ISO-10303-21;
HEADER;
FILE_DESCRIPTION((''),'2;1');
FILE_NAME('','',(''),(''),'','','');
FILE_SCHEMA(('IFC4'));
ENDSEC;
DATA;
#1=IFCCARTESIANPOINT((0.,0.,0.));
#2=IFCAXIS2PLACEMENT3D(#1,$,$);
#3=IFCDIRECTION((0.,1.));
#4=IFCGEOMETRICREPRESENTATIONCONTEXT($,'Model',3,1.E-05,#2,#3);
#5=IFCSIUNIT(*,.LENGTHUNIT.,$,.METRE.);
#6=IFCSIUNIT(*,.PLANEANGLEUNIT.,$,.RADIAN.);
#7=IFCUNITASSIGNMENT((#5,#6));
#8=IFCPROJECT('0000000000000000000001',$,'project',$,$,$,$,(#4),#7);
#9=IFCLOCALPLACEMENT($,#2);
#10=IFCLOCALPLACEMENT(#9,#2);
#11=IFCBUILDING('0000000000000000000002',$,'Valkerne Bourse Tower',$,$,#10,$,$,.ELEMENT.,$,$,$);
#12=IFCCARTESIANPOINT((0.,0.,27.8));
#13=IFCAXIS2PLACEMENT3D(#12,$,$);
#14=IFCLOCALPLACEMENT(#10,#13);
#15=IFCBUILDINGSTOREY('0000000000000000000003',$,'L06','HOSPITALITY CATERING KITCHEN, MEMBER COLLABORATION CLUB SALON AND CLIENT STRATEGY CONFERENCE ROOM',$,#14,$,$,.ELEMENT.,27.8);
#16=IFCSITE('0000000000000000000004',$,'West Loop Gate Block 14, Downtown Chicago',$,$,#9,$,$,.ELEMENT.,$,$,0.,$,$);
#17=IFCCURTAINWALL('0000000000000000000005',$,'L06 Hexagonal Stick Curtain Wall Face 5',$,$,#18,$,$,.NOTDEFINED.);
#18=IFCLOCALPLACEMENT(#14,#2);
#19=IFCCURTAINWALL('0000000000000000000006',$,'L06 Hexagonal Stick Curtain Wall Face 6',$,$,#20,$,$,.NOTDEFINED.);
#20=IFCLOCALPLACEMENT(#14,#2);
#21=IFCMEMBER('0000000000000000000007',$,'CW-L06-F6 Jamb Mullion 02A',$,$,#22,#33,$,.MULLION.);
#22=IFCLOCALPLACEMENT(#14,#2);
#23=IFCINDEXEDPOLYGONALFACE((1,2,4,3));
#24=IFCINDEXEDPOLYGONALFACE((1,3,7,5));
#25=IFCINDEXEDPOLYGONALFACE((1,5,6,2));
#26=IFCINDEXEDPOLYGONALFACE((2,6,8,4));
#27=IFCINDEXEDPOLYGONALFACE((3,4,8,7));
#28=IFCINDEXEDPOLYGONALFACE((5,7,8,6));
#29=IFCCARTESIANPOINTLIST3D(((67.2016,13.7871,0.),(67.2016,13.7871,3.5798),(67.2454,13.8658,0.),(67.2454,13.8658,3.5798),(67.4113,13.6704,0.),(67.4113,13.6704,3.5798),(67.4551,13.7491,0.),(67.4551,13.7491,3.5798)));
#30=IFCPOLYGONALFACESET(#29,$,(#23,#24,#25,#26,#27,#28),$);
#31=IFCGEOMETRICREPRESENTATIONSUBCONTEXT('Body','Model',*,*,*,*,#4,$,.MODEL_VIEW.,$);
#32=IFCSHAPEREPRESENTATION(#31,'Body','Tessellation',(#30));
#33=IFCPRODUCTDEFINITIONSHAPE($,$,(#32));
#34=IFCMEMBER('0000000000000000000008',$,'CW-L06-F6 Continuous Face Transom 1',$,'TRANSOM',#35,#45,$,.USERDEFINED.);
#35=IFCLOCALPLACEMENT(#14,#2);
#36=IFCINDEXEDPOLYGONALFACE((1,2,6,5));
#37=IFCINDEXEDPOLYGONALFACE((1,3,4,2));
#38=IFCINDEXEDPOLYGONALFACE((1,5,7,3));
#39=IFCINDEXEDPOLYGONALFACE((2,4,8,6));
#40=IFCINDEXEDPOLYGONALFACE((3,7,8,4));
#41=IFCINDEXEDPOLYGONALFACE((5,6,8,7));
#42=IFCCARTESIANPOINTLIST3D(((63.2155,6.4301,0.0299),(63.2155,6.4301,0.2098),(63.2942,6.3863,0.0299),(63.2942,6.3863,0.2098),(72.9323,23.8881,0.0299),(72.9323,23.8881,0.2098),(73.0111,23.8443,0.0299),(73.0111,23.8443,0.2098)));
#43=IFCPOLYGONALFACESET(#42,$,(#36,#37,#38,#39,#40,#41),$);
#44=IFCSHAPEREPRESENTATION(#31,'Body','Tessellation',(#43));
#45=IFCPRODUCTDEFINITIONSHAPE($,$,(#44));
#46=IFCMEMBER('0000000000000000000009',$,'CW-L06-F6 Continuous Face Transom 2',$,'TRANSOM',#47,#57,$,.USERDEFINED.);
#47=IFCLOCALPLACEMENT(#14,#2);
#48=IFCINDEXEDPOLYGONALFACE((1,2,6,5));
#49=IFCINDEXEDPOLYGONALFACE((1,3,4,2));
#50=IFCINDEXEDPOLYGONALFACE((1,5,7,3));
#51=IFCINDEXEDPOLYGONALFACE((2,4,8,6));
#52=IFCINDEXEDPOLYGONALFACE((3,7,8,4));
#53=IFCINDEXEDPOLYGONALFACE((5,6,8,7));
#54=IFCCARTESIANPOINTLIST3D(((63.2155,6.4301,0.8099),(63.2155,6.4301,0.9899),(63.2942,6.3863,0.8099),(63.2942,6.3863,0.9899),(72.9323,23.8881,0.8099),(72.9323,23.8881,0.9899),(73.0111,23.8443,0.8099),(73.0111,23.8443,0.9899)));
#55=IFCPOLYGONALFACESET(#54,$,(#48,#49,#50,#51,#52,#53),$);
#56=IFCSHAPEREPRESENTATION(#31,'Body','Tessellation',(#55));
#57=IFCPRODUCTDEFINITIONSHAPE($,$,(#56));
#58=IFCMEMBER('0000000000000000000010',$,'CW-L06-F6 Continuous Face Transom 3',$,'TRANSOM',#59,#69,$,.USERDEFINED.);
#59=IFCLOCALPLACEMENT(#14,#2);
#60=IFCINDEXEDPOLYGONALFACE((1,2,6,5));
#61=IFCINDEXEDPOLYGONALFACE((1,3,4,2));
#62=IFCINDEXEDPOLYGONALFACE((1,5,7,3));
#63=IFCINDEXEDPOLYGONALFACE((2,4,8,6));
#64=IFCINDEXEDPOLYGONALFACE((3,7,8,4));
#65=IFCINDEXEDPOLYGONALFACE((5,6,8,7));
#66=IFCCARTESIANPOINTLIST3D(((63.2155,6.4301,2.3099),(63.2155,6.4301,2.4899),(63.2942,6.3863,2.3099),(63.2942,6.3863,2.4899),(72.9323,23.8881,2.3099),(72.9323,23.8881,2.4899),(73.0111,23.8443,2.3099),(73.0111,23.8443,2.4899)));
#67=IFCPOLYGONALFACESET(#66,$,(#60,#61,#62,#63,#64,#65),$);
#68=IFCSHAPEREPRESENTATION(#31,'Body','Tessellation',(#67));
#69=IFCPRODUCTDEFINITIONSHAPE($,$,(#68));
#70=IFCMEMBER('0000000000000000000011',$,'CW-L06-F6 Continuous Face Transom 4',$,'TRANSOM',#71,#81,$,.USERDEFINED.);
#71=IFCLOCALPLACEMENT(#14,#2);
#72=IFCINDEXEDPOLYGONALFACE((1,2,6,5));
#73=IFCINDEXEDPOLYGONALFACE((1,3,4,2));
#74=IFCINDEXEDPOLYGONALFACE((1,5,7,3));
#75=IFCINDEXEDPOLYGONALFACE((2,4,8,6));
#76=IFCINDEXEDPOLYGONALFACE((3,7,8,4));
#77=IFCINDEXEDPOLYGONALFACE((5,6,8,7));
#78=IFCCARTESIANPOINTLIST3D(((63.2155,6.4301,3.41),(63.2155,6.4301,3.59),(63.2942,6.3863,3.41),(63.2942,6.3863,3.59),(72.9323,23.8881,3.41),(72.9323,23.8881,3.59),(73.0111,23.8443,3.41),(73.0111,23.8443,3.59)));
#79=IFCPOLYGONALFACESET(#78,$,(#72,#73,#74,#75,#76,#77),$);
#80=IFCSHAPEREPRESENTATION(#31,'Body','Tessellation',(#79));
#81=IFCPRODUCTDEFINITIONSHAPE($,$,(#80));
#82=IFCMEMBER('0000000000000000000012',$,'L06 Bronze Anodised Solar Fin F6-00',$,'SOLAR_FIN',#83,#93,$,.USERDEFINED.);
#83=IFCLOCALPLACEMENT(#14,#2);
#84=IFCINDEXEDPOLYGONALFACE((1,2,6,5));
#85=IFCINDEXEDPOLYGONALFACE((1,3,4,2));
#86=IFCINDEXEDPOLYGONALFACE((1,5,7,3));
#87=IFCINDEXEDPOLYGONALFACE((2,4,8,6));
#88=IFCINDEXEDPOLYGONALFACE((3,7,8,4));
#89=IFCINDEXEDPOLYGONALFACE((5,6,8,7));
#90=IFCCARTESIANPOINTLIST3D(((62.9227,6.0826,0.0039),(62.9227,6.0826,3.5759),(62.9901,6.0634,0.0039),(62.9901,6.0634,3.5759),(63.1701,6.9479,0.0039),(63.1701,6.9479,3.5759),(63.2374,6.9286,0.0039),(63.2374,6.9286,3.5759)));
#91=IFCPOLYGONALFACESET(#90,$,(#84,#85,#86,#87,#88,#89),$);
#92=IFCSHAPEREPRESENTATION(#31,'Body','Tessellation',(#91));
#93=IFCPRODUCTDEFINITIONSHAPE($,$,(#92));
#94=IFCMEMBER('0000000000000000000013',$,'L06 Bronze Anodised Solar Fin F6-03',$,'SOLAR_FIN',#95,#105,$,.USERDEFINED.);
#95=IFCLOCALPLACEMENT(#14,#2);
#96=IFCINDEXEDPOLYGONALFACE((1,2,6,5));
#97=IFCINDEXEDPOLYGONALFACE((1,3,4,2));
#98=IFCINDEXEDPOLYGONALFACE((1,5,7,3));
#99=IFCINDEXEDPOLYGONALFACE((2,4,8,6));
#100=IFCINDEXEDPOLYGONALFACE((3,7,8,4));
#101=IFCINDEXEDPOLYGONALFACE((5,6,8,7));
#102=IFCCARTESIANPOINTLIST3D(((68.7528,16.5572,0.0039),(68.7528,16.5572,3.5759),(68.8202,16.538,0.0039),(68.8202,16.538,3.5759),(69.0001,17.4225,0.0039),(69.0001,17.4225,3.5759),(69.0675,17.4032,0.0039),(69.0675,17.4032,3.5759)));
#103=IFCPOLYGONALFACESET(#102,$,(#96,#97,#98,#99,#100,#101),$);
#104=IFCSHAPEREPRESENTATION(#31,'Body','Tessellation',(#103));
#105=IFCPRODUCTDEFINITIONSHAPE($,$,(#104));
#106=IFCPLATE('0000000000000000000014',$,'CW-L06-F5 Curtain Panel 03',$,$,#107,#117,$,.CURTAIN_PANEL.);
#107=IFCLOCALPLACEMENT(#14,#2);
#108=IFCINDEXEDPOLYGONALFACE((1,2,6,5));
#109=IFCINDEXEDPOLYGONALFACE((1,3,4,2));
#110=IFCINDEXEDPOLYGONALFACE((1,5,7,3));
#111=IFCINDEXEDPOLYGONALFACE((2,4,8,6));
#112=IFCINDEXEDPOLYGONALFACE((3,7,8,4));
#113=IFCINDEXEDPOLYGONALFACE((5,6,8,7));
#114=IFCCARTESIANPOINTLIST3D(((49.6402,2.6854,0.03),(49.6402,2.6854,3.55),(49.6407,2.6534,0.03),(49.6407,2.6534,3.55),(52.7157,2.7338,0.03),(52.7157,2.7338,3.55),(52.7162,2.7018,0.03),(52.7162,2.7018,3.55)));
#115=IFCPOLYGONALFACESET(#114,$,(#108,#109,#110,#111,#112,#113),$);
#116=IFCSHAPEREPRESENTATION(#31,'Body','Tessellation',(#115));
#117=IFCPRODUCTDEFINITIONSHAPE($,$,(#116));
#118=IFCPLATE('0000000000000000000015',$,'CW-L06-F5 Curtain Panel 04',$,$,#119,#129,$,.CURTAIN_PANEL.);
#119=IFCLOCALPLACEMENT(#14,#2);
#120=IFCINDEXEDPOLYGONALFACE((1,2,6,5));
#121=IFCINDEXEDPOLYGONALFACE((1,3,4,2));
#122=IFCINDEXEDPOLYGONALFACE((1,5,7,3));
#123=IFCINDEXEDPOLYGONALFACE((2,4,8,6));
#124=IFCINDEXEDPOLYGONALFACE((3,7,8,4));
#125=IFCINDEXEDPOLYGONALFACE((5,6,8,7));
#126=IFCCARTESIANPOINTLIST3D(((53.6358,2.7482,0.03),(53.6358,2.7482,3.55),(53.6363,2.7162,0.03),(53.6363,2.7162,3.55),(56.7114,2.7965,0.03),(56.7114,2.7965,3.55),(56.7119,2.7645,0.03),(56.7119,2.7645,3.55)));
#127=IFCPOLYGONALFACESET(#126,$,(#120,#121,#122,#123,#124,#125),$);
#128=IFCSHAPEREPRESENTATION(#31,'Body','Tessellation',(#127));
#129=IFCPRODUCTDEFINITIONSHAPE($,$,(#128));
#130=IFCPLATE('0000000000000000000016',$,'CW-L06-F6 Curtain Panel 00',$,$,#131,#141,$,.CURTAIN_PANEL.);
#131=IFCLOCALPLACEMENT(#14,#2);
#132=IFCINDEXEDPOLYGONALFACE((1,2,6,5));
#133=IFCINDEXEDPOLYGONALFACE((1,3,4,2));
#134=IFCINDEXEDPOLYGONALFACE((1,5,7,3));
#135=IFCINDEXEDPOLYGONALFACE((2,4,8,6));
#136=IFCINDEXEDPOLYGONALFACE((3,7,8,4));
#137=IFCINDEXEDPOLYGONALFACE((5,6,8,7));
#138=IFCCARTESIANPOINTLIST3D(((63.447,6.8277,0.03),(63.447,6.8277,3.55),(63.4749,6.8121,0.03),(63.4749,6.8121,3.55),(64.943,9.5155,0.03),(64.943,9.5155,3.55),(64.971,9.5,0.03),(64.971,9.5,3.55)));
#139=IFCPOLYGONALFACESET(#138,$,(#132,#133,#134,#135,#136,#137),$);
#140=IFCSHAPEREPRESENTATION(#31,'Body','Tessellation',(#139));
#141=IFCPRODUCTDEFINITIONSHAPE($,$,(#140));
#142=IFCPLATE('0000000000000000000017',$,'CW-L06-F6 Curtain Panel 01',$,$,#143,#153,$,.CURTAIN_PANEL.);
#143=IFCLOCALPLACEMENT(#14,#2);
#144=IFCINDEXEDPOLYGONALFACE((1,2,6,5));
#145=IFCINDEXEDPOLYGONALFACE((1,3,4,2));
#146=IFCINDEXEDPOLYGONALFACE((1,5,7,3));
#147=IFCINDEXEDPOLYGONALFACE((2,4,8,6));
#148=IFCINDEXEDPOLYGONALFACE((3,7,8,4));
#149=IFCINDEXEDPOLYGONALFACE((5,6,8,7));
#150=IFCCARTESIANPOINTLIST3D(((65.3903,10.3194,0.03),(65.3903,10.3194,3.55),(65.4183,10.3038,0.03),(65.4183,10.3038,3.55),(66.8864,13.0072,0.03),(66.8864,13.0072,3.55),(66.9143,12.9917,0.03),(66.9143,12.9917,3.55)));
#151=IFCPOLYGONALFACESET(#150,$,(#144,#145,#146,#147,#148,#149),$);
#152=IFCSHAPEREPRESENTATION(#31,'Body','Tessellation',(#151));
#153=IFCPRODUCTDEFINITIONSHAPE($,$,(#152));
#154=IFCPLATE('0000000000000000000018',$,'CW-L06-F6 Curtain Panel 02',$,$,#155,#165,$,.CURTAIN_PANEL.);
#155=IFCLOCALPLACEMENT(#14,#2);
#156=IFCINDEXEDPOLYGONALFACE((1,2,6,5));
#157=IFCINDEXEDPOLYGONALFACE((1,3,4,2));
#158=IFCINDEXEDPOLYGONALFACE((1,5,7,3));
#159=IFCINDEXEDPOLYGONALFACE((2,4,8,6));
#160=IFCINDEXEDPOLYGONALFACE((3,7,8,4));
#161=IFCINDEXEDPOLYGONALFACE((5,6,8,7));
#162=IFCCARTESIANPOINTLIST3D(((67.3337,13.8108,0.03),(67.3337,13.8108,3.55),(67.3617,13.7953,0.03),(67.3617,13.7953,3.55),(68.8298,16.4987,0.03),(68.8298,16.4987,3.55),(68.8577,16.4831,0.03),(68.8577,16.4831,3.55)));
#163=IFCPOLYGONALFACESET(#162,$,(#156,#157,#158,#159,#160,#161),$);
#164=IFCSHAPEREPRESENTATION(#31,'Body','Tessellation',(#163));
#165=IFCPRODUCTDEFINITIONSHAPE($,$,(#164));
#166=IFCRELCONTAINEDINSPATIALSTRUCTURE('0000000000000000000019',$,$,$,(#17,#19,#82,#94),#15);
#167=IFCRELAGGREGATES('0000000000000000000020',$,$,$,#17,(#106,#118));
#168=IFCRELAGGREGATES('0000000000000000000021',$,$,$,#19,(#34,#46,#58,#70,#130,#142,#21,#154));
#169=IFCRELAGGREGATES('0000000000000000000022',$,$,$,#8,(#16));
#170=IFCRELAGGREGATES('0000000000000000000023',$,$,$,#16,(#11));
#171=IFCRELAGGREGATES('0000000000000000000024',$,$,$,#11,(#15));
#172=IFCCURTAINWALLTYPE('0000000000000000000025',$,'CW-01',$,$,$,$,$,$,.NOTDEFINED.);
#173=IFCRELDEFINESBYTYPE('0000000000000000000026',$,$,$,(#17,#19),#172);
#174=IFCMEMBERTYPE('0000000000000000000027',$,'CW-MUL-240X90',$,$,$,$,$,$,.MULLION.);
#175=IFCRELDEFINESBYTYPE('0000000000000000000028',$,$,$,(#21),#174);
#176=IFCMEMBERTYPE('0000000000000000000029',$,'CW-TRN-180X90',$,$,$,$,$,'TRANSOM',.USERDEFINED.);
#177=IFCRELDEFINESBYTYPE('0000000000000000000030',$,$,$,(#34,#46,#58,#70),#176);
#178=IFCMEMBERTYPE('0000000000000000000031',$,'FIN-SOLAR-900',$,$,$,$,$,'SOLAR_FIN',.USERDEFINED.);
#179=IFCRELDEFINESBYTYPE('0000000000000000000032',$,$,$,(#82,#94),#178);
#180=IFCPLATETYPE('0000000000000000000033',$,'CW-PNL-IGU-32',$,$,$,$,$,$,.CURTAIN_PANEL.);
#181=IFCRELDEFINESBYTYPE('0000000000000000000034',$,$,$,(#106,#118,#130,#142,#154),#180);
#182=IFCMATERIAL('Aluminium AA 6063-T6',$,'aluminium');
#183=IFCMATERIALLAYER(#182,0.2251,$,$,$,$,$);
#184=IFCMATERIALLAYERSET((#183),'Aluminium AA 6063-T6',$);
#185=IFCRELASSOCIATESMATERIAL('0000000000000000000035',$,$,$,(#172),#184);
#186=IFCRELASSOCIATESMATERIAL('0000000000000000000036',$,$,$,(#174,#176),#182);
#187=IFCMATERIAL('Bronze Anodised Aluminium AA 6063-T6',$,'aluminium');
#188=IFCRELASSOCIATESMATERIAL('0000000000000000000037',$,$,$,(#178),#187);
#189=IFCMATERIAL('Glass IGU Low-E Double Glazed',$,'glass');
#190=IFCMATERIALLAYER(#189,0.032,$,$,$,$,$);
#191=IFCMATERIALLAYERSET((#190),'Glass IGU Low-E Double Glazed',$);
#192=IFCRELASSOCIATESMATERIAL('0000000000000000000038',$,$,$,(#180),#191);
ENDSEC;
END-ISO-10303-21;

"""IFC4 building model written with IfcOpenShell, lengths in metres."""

from ifc_helpers import new_model, si_unit, direction, frame, origin, origin_2d, place, context, subcontext, project, spatial, rectangle, extrude, material, layer, layer_set, material_profile, profile_set, type_object, element, aggregate, save


model = new_model("IFC4")

# Units and contexts
model_context = context("Model", 3, precision=1e-05, world=origin(), true_north=direction((0.0, 1.0)))
body_context = subcontext(model_context, "Body", "Model", "MODEL_VIEW")
ifc_project = project(units=[si_unit("LENGTHUNIT", "METRE"), si_unit("PLANEANGLEUNIT", "RADIAN")], contexts=[model_context])

# Site, building, storey
site_placement = place(None, origin())
site = spatial("IfcSite", under=ifc_project, at=site_placement, Name="West Loop Gate Block 14, Downtown Chicago", CompositionType="ELEMENT", RefElevation=0.0)
building_placement = place(site_placement, origin())
building = spatial("IfcBuilding", under=site, at=building_placement, Name="Valkerne Bourse Tower", CompositionType="ELEMENT")
storey_placement = place(building_placement, frame((0.0, 0.0, 27.8)))
storey = spatial("IfcBuildingStorey", under=building, at=storey_placement, Name="L06", Description="HOSPITALITY CATERING KITCHEN, MEMBER COLLABORATION CLUB SALON AND CLIENT STRATEGY CONFERENCE ROOM", CompositionType="ELEMENT", Elevation=27.8)

# Curtain walls, members
ifc_material_1 = material(Name="Aluminium AA 6063-T6", Category="aluminium")
ifc_layer_1 = layer(ifc_material_1, 0.2251)
ifc_layer_set_1 = layer_set([ifc_layer_1], Name="Aluminium AA 6063-T6")
curtain_wall_type = type_object("IfcCurtainWallType", Name="CW-01", PredefinedType="NOTDEFINED", material=ifc_layer_set_1)
curtain_wall_1_placement = place(storey_placement, origin())
curtain_wall_1 = element("IfcCurtainWall", 1, at=curtain_wall_1_placement, inside=storey, type_object=curtain_wall_type, Name="L06 Hexagonal Stick Curtain Wall Face 5", PredefinedType="NOTDEFINED")
ifc_material_profile_1 = material_profile(ifc_material_1, rectangle(XDim=0.0901, YDim=0.24, at=origin_2d()), Name="CWM-90X240")
ifc_profile_set_1 = profile_set([ifc_material_profile_1], Name="Aluminium AA 6063-T6")
member_type_1 = type_object("IfcMemberType", Name="CW-MUL-240X90", PredefinedType="MULLION", material=ifc_profile_set_1)
curtain_wall_2_placement = place(storey_placement, origin())
curtain_wall_2 = element("IfcCurtainWall", 2, at=curtain_wall_2_placement, inside=storey, type_object=curtain_wall_type, Name="L06 Hexagonal Stick Curtain Wall Face 6", PredefinedType="NOTDEFINED")
member_1_placement = place(storey_placement, frame((67.3284, 13.7681, 0.0), z_axis=(0.0, 0.0, 1.0), x_axis=(0.486335, 0.873772, 0.0)))
member_1 = element("IfcMember", 3, at=member_1_placement, type_object=member_type_1, Name="CW-L06-F6 Jamb Mullion 02A", PredefinedType="MULLION", context=body_context, shape_type="SweptSolid", body=[
    extrude(rectangle(XDim=0.0901, YDim=0.24, at=origin_2d()), origin(), (0.0, 0.0, 1.0), 3.5798),
])
ifc_material_profile_2 = material_profile(ifc_material_1, rectangle(XDim=0.0901, YDim=0.1799, at=origin_2d()), Name="CWT-90X180")
ifc_profile_set_2 = profile_set([ifc_material_profile_2], Name="Aluminium AA 6063-T6")
member_type_2 = type_object("IfcMemberType", Name="CW-TRN-180X90", ElementType="TRANSOM", PredefinedType="USERDEFINED", material=ifc_profile_set_2)
member_2_placement = place(storey_placement, frame((63.2549, 6.4082, 0.1199), z_axis=(0.486328, 0.873777, 0.0), x_axis=(-0.873777, 0.486328, 0.0)))
member_2 = element("IfcMember", 4, at=member_2_placement, type_object=member_type_2, Name="CW-L06-F6 Continuous Face Transom 1", ObjectType="TRANSOM", PredefinedType="USERDEFINED", context=body_context, shape_type="SweptSolid", body=[
    extrude(rectangle(XDim=0.0901, YDim=0.1799, at=origin_2d()), origin(), (0.0, 0.0, 1.0), 19.98),
])
member_3_placement = place(storey_placement, frame((63.2549, 6.4082, 0.8999), z_axis=(0.486328, 0.873777, 0.0), x_axis=(-0.873777, 0.486328, 0.0)))
member_3 = element("IfcMember", 5, at=member_3_placement, type_object=member_type_2, Name="CW-L06-F6 Continuous Face Transom 2", ObjectType="TRANSOM", PredefinedType="USERDEFINED", context=body_context, shape_type="SweptSolid", body=[
    extrude(rectangle(XDim=0.0901, YDim=0.1799, at=origin_2d()), origin(), (0.0, 0.0, 1.0), 19.98),
])
member_4_placement = place(storey_placement, frame((63.2549, 6.4082, 2.3999), z_axis=(0.486328, 0.873777, 0.0), x_axis=(-0.873777, 0.486328, 0.0)))
member_4 = element("IfcMember", 6, at=member_4_placement, type_object=member_type_2, Name="CW-L06-F6 Continuous Face Transom 3", ObjectType="TRANSOM", PredefinedType="USERDEFINED", context=body_context, shape_type="SweptSolid", body=[
    extrude(rectangle(XDim=0.0901, YDim=0.1799, at=origin_2d()), origin(), (0.0, 0.0, 1.0), 19.98),
])
member_5_placement = place(storey_placement, frame((63.2549, 6.4082, 3.5), z_axis=(0.486328, 0.873777, 0.0), x_axis=(-0.873777, 0.486328, 0.0)))
member_5 = element("IfcMember", 7, at=member_5_placement, type_object=member_type_2, Name="CW-L06-F6 Continuous Face Transom 4", ObjectType="TRANSOM", PredefinedType="USERDEFINED", context=body_context, shape_type="SweptSolid", body=[
    extrude(rectangle(XDim=0.0901, YDim=0.1799, at=origin_2d()), origin(), (0.0, 0.0, 1.0), 19.98),
])

# Members
ifc_material_2 = material(Name="Bronze Anodised Aluminium AA 6063-T6", Category="aluminium")
ifc_material_profile_3 = material_profile(ifc_material_2, rectangle(XDim=0.0701, YDim=0.8999, at=origin_2d()), Name="FIN-70X900")
ifc_profile_set_3 = profile_set([ifc_material_profile_3], Name="Bronze Anodised Aluminium AA 6063-T6")
member_type_3 = type_object("IfcMemberType", Name="FIN-SOLAR-900", ElementType="SOLAR_FIN", PredefinedType="USERDEFINED", material=ifc_profile_set_3)
for number, where, z_axis, x_axis, name in (
    (8, (63.0801, 6.5056, 0.0039), (0.0, 0.0, 1.0), (0.961489, -0.274843, 0.0), "L06 Bronze Anodised Solar Fin F6-00"),
    (9, (68.9102, 16.9802, 0.0039), (0.0, 0.0, 1.0), (0.961489, -0.274843, 0.0), "L06 Bronze Anodised Solar Fin F6-03"),
):
    element("IfcMember", number, at=place(storey_placement, frame(where, z_axis=z_axis, x_axis=x_axis)), inside=storey, type_object=member_type_3, Name=name, ObjectType="SOLAR_FIN", PredefinedType="USERDEFINED", context=body_context, shape_type="SweptSolid", body=[
        extrude(rectangle(XDim=0.0701, YDim=0.8999, at=origin_2d()), origin(), (0.0, 0.0, 1.0), 3.572),
    ])

# Plates
ifc_material_3 = material(Name="Glass IGU Low-E Double Glazed", Category="glass")
ifc_layer_2 = layer(ifc_material_3, 0.032)
ifc_layer_set_2 = layer_set([ifc_layer_2], Name="Glass IGU Low-E Double Glazed")
plate_type = type_object("IfcPlateType", Name="CW-PNL-IGU-32", PredefinedType="CURTAIN_PANEL", material=ifc_layer_set_2)
plate_1_placement = place(storey_placement, frame((51.1782, 2.6936, 0.03), z_axis=(0.0, 0.0, 1.0), x_axis=(0.999877, 0.015716, 0.0)))
plate_1 = element("IfcPlate", 10, at=plate_1_placement, type_object=plate_type, Name="CW-L06-F5 Curtain Panel 03", PredefinedType="CURTAIN_PANEL", context=body_context, shape_type="SweptSolid", body=[
    extrude(rectangle(XDim=3.0759, YDim=0.032, at=origin_2d()), origin(), (0.0, 0.0, 1.0), 3.52),
])
plate_2_placement = place(storey_placement, frame((55.1738, 2.7563, 0.03), z_axis=(0.0, 0.0, 1.0), x_axis=(0.999877, 0.015716, 0.0)))
plate_2 = element("IfcPlate", 11, at=plate_2_placement, type_object=plate_type, Name="CW-L06-F5 Curtain Panel 04", PredefinedType="CURTAIN_PANEL", context=body_context, shape_type="SweptSolid", body=[
    extrude(rectangle(XDim=3.0759, YDim=0.032, at=origin_2d()), origin(), (0.0, 0.0, 1.0), 3.52),
])
aggregate(curtain_wall_1, [plate_1, plate_2])
plate_3_placement = place(storey_placement, frame((64.209, 8.1638, 0.03), z_axis=(0.0, 0.0, 1.0), x_axis=(0.486335, 0.873772, 0.0)))
plate_3 = element("IfcPlate", 12, at=plate_3_placement, type_object=plate_type, Name="CW-L06-F6 Curtain Panel 00", PredefinedType="CURTAIN_PANEL", context=body_context, shape_type="SweptSolid", body=[
    extrude(rectangle(XDim=3.0762, YDim=0.032, at=origin_2d()), origin(), (0.0, 0.0, 1.0), 3.52),
])
plate_4_placement = place(storey_placement, frame((66.1523, 11.6555, 0.03), z_axis=(0.0, 0.0, 1.0), x_axis=(0.486335, 0.873772, 0.0)))
plate_4 = element("IfcPlate", 13, at=plate_4_placement, type_object=plate_type, Name="CW-L06-F6 Curtain Panel 01", PredefinedType="CURTAIN_PANEL", context=body_context, shape_type="SweptSolid", body=[
    extrude(rectangle(XDim=3.0762, YDim=0.032, at=origin_2d()), origin(), (0.0, 0.0, 1.0), 3.52),
])
plate_5_placement = place(storey_placement, frame((68.0957, 15.147, 0.03), z_axis=(0.0, 0.0, 1.0), x_axis=(0.486335, 0.873772, 0.0)))
plate_5 = element("IfcPlate", 14, at=plate_5_placement, type_object=plate_type, Name="CW-L06-F6 Curtain Panel 02", PredefinedType="CURTAIN_PANEL", context=body_context, shape_type="SweptSolid", body=[
    extrude(rectangle(XDim=3.0762, YDim=0.032, at=origin_2d()), origin(), (0.0, 0.0, 1.0), 3.52),
])
aggregate(curtain_wall_2, [member_2, member_3, member_4, member_5, plate_3, plate_4, member_1, plate_5])

save(model, "model.ifc")
